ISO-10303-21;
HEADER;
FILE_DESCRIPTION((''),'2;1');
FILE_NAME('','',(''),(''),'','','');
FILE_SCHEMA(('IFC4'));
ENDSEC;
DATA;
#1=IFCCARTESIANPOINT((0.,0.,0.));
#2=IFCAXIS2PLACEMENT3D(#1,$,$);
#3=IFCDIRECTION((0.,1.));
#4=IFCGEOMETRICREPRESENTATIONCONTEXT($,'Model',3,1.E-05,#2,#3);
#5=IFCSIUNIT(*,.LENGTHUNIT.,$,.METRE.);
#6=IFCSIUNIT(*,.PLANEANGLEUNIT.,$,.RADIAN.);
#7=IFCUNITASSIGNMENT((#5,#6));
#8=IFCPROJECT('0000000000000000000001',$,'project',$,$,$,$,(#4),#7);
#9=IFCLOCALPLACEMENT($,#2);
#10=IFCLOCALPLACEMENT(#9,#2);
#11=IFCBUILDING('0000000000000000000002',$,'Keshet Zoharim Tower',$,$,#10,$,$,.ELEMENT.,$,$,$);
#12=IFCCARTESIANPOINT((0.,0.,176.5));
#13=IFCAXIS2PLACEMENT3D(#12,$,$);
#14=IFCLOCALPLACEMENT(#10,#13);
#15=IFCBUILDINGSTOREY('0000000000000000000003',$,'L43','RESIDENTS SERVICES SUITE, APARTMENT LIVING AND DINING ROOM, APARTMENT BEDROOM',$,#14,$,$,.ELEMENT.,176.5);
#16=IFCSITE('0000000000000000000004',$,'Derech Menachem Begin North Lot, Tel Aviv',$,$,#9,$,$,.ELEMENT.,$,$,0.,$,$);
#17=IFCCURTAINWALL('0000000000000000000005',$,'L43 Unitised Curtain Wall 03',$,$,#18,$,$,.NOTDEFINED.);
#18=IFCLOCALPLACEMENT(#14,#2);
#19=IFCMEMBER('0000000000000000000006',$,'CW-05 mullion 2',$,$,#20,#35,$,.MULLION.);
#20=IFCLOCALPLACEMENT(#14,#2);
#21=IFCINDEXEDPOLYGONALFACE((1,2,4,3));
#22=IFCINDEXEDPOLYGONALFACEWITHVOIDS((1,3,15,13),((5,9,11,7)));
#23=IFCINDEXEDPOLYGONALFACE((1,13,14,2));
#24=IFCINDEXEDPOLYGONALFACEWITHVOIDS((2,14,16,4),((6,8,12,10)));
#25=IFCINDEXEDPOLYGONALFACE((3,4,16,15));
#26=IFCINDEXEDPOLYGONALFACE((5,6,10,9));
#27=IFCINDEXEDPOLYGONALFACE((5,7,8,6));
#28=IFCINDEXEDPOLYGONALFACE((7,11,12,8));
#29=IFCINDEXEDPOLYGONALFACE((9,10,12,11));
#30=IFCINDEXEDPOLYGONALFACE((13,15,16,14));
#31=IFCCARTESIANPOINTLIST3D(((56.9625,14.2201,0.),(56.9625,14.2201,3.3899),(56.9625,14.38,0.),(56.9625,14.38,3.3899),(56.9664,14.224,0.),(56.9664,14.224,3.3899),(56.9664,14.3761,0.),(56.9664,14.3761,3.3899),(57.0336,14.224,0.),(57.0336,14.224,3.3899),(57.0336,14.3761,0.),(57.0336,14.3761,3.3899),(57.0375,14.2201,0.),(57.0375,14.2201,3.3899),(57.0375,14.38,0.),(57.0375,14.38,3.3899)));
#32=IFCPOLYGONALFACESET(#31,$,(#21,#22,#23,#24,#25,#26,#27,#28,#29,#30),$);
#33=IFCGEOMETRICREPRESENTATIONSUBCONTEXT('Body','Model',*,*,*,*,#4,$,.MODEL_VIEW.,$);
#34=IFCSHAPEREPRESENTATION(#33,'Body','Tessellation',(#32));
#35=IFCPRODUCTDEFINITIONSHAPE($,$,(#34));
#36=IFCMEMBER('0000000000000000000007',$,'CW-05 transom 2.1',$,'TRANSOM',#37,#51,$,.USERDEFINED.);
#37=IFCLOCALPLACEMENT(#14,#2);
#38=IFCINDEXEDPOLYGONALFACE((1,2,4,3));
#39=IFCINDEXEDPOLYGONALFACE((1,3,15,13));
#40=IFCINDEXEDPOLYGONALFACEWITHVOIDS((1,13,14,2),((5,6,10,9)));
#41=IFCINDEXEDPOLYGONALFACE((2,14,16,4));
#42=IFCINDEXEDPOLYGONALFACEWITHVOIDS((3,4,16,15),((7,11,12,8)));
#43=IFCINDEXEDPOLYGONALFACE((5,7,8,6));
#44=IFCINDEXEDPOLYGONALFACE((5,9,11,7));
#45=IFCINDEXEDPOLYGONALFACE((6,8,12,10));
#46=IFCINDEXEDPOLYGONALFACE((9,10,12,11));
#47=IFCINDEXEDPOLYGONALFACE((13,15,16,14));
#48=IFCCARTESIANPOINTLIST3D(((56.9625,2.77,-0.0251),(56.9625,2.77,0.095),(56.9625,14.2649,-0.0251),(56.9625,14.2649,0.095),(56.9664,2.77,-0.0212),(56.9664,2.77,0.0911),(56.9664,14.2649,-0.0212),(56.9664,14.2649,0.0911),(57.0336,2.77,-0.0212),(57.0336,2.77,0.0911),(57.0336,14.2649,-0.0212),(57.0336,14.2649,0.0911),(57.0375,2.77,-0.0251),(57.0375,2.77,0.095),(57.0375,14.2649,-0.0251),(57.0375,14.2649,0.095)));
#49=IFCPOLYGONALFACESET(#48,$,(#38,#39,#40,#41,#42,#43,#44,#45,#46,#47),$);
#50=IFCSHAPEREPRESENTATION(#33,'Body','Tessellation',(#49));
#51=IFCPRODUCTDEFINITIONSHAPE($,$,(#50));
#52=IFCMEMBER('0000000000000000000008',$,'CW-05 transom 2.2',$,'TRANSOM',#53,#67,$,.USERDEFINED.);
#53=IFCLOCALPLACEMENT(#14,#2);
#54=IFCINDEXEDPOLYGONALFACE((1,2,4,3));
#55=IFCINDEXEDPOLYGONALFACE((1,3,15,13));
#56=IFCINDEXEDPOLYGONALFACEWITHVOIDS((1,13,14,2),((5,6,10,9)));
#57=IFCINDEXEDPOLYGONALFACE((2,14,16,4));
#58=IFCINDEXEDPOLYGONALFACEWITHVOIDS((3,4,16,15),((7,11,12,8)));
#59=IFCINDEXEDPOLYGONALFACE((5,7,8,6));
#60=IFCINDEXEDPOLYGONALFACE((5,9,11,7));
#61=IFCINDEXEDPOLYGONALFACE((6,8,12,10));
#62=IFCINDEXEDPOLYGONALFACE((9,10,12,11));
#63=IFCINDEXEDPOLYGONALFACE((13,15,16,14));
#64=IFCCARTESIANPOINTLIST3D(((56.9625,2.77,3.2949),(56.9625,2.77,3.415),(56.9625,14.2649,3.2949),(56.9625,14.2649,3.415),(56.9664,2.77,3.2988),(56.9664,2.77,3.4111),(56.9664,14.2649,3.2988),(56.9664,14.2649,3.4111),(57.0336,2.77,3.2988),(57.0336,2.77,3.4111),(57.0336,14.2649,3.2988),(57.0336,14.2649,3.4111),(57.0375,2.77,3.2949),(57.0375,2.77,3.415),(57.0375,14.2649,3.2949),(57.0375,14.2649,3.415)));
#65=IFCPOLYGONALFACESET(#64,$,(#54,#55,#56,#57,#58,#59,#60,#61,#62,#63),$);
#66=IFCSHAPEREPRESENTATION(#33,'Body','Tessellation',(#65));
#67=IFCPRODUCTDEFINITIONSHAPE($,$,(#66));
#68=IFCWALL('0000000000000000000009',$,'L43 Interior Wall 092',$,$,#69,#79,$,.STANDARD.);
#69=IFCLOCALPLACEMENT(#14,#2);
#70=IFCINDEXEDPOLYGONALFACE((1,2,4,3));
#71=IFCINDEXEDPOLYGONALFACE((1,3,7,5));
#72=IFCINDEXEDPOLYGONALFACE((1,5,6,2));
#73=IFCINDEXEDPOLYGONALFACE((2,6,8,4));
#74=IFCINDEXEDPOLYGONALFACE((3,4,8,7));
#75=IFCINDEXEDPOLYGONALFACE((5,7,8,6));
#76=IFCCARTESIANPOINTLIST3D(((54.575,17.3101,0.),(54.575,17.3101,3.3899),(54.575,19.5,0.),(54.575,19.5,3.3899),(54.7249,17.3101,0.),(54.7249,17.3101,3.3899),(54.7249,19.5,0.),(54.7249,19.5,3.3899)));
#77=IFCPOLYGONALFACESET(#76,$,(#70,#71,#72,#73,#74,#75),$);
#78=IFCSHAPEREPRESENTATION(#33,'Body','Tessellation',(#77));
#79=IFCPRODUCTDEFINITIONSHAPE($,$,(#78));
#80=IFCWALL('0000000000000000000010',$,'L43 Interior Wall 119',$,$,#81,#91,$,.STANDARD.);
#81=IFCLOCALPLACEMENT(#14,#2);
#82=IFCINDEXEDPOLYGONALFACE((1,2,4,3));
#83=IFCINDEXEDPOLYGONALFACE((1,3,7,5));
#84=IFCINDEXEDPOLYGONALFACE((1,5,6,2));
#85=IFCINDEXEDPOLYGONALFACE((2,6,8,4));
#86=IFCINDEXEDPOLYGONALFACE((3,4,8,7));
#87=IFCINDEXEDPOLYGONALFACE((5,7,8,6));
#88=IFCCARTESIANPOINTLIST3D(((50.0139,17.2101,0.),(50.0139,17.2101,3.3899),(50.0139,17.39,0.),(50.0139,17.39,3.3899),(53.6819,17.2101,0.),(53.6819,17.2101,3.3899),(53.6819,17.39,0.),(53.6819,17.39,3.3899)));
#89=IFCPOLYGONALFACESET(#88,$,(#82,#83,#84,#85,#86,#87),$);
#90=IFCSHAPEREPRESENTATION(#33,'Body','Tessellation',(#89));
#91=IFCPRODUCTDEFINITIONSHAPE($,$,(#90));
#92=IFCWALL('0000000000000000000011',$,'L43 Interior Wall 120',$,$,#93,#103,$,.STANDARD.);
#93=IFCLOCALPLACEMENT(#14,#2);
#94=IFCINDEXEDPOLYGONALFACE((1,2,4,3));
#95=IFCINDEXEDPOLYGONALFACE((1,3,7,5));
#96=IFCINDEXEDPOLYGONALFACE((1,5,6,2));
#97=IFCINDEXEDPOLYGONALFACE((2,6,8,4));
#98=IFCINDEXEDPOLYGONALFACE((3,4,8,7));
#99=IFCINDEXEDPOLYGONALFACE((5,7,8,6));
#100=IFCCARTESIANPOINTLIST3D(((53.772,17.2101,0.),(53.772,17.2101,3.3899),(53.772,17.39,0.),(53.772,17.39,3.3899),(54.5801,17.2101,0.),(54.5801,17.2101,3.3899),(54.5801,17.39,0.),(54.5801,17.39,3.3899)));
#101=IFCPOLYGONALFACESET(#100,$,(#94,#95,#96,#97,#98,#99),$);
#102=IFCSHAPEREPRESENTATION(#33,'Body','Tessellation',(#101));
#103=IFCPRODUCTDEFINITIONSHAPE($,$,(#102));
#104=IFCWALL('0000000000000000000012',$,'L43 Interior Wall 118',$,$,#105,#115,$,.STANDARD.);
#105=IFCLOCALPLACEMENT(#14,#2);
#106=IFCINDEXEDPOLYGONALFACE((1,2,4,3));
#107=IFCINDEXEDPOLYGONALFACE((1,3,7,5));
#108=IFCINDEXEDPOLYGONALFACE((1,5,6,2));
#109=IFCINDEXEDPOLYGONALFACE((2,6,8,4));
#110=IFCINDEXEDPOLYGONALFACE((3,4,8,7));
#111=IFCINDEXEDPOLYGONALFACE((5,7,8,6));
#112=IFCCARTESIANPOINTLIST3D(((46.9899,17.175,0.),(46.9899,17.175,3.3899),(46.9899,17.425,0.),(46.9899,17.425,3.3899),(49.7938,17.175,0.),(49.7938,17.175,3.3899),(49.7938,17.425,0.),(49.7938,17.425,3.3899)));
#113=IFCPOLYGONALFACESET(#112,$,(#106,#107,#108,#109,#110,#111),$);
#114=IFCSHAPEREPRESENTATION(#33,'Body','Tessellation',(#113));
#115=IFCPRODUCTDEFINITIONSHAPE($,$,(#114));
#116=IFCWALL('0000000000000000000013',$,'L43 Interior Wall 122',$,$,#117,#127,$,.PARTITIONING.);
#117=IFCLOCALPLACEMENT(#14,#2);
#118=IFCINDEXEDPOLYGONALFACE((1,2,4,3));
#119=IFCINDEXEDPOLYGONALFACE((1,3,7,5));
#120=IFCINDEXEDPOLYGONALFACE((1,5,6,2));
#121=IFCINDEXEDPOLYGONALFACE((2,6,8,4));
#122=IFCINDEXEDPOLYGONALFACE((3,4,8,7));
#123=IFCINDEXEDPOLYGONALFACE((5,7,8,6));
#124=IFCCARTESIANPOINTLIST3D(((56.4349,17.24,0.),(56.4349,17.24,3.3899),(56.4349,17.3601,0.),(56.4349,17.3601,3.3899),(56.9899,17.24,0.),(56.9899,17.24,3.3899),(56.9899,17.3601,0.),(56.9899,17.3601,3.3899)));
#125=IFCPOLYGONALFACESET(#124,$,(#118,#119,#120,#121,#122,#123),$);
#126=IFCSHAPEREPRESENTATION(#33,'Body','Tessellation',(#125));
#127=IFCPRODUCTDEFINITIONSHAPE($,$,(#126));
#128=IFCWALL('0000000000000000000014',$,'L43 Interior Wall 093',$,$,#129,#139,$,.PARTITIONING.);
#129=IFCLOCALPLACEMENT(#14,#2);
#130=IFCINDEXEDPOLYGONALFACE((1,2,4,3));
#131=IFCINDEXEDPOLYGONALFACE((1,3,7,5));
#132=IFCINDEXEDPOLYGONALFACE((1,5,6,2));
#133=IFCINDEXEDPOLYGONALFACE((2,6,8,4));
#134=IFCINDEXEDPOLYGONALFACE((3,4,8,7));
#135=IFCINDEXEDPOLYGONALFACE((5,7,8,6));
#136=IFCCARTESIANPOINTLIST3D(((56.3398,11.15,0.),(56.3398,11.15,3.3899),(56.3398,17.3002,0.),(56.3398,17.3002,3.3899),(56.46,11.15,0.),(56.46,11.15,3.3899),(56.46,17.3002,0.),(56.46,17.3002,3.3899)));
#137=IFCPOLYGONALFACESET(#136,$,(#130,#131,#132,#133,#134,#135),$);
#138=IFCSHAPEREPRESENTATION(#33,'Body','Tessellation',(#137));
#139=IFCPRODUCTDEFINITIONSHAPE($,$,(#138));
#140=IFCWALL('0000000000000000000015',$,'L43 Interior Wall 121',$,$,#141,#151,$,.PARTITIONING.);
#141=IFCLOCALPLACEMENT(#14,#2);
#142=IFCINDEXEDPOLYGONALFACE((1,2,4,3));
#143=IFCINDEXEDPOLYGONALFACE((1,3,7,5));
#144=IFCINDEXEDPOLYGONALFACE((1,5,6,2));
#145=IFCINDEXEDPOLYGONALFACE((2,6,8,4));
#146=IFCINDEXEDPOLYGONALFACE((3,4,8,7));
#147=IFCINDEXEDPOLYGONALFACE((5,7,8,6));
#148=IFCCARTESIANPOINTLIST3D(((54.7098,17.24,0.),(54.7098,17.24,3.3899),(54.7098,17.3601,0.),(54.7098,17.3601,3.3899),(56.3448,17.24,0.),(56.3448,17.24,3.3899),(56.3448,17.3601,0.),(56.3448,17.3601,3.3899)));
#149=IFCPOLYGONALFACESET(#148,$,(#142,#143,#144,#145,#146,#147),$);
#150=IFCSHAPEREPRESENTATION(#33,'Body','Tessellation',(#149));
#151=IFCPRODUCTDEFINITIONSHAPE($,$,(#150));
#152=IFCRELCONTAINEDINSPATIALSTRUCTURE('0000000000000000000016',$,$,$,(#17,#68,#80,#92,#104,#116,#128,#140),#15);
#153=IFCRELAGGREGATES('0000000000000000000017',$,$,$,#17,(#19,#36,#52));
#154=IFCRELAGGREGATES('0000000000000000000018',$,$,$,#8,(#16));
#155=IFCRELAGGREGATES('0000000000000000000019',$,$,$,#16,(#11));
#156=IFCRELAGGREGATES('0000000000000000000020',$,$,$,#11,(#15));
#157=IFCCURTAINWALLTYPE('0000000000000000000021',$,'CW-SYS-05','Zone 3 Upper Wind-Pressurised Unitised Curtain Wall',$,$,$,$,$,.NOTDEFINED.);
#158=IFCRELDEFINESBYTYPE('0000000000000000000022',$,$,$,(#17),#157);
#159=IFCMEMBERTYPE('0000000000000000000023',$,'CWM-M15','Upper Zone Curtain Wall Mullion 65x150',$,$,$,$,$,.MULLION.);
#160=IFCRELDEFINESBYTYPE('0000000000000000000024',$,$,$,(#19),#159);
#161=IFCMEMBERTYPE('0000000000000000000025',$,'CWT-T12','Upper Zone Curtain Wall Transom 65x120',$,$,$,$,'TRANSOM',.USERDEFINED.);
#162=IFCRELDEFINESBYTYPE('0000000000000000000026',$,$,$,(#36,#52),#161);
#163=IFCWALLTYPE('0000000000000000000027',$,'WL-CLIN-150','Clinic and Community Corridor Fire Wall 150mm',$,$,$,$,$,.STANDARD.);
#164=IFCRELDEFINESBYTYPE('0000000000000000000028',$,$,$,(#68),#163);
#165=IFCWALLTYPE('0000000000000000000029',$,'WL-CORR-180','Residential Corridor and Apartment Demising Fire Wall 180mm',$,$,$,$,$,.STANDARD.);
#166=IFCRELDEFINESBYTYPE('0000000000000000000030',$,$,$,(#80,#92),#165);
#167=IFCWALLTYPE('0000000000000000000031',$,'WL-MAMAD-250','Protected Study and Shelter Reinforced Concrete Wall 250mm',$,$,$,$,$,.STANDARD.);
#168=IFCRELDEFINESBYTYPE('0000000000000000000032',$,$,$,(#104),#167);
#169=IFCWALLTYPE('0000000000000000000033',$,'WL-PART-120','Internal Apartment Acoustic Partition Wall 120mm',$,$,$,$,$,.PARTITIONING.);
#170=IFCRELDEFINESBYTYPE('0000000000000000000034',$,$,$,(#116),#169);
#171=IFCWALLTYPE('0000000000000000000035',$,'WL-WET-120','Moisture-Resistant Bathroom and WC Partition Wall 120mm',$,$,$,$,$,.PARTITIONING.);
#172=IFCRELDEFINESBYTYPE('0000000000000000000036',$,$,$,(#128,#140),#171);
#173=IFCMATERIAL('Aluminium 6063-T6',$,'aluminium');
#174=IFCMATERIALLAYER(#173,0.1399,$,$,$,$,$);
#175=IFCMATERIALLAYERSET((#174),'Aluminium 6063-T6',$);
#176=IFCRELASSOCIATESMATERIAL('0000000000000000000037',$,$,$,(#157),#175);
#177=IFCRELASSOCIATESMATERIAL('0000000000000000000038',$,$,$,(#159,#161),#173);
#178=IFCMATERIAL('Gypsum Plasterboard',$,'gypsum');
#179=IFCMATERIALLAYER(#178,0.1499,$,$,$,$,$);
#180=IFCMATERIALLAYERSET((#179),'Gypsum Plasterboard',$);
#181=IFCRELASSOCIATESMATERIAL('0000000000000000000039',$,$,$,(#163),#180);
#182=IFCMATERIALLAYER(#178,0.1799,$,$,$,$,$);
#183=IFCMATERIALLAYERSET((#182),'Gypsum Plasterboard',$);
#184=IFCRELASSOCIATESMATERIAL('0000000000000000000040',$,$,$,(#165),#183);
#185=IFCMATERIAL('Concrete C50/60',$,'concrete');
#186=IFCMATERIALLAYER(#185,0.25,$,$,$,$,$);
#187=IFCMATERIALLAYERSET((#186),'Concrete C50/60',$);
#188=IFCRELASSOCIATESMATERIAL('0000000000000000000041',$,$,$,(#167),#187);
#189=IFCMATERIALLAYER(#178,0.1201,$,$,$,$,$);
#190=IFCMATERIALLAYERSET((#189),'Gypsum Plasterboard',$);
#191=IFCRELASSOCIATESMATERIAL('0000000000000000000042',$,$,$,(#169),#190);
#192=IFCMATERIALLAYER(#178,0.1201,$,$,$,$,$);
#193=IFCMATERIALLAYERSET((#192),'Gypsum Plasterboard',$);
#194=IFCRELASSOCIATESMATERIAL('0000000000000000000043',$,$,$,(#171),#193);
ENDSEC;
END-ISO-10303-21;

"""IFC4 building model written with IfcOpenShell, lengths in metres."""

from ifc_helpers import new_model, si_unit, direction, frame, frame_2d, origin, origin_2d, place, context, subcontext, project, spatial, rectangle, hollow_rectangle, extrude, material, layer, layer_set, material_profile, profile_set, type_object, element, aggregate, save


model = new_model("IFC4")

# Units and contexts
model_context = context("Model", 3, precision=1e-05, world=origin(), true_north=direction((0.0, 1.0)))
body_context = subcontext(model_context, "Body", "Model", "MODEL_VIEW")
ifc_project = project(units=[si_unit("LENGTHUNIT", "METRE"), si_unit("PLANEANGLEUNIT", "RADIAN")], contexts=[model_context])

# Site, building, storey
site_placement = place(None, origin())
site = spatial("IfcSite", under=ifc_project, at=site_placement, Name="Derech Menachem Begin North Lot, Tel Aviv", CompositionType="ELEMENT", RefElevation=0.0)
building_placement = place(site_placement, origin())
building = spatial("IfcBuilding", under=site, at=building_placement, Name="Keshet Zoharim Tower", CompositionType="ELEMENT")
storey_placement = place(building_placement, frame((0.0, 0.0, 176.5)))
storey = spatial("IfcBuildingStorey", under=building, at=storey_placement, Name="L43", Description="RESIDENTS SERVICES SUITE, APARTMENT LIVING AND DINING ROOM, APARTMENT BEDROOM", CompositionType="ELEMENT", Elevation=176.5)

# Curtain wall, members
ifc_material_1 = material(Name="Aluminium 6063-T6", Category="aluminium")
ifc_layer_1 = layer(ifc_material_1, 0.1399)
ifc_layer_set_1 = layer_set([ifc_layer_1], Name="Aluminium 6063-T6")
curtain_wall_type = type_object("IfcCurtainWallType", Name="CW-SYS-05", Description="Zone 3 Upper Wind-Pressurised Unitised Curtain Wall", PredefinedType="NOTDEFINED", material=ifc_layer_set_1)
curtain_wall_placement = place(storey_placement, origin())
curtain_wall = element("IfcCurtainWall", 1, at=curtain_wall_placement, inside=storey, type_object=curtain_wall_type, Name="L43 Unitised Curtain Wall 03", PredefinedType="NOTDEFINED")
ifc_material_profile_1 = material_profile(ifc_material_1, hollow_rectangle(XDim=0.075, YDim=0.1599, WallThickness=0.0039, at=origin_2d()), Name="MUL-75x160")
ifc_profile_set_1 = profile_set([ifc_material_profile_1], Name="Aluminium 6063-T6")
member_type_1 = type_object("IfcMemberType", Name="CWM-M15", Description="Upper Zone Curtain Wall Mullion 65x150", PredefinedType="MULLION", material=ifc_profile_set_1)
member_1_placement = place(storey_placement, frame((57.0, 14.3, 0.0), z_axis=(0.0, 0.0, 1.0), x_axis=(1.0, 0.0, 0.0)))
member_1 = element("IfcMember", 2, at=member_1_placement, type_object=member_type_1, Name="CW-05 mullion 2", PredefinedType="MULLION", context=body_context, shape_type="SweptSolid", body=[
    extrude(hollow_rectangle(XDim=0.075, YDim=0.1599, WallThickness=0.0039, at=origin_2d()), origin(), (0.0, 0.0, 1.0), 3.3899),
])
ifc_material_profile_2 = material_profile(ifc_material_1, hollow_rectangle(XDim=0.075, YDim=0.1201, WallThickness=0.0039, at=origin_2d()), Name="TRN-75x120")
ifc_profile_set_2 = profile_set([ifc_material_profile_2], Name="Aluminium 6063-T6")
member_type_2 = type_object("IfcMemberType", Name="CWT-T12", Description="Upper Zone Curtain Wall Transom 65x120", ElementType="TRANSOM", PredefinedType="USERDEFINED", material=ifc_profile_set_2)
member_2_placement = place(storey_placement, frame((57.0, 14.2649, 0.0349), z_axis=(0.0, -1.0, 0.0), x_axis=(1.0, 0.0, 0.0)))
member_2 = element("IfcMember", 3, at=member_2_placement, type_object=member_type_2, Name="CW-05 transom 2.1", ObjectType="TRANSOM", PredefinedType="USERDEFINED", context=body_context, shape_type="SweptSolid", body=[
    extrude(hollow_rectangle(XDim=0.075, YDim=0.1201, WallThickness=0.0039, at=origin_2d()), origin(), (0.0, 0.0, 1.0), 11.4949),
])
member_3_placement = place(storey_placement, frame((57.0, 14.2649, 3.355), z_axis=(0.0, -1.0, 0.0), x_axis=(1.0, 0.0, 0.0)))
member_3 = element("IfcMember", 4, at=member_3_placement, type_object=member_type_2, Name="CW-05 transom 2.2", ObjectType="TRANSOM", PredefinedType="USERDEFINED", context=body_context, shape_type="SweptSolid", body=[
    extrude(hollow_rectangle(XDim=0.075, YDim=0.1201, WallThickness=0.0039, at=origin_2d()), origin(), (0.0, 0.0, 1.0), 11.4949),
])
aggregate(curtain_wall, [member_1, member_2, member_3])

# Walls
ifc_material_2 = material(Name="Gypsum Plasterboard", Category="gypsum")
ifc_layer_2 = layer(ifc_material_2, 0.1499)
ifc_layer_set_2 = layer_set([ifc_layer_2], Name="Gypsum Plasterboard")
wall_type_1 = type_object("IfcWallType", Name="WL-CLIN-150", Description="Clinic and Community Corridor Fire Wall 150mm", PredefinedType="STANDARD", material=ifc_layer_set_2)
wall_1_placement = place(storey_placement, frame((54.6499, 17.3101, 0.0), z_axis=(0.0, 0.0, 1.0), x_axis=(0.0, 1.0, 0.0)))
element("IfcWall", 5, at=wall_1_placement, inside=storey, type_object=wall_type_1, Name="L43 Interior Wall 092", PredefinedType="STANDARD", context=body_context, shape_type="SweptSolid", body=[
    extrude(rectangle(XDim=2.1899, YDim=0.1499, at=frame_2d((1.095, 0.0))), origin(), (0.0, 0.0, 1.0), 3.3899),
])
ifc_layer_3 = layer(ifc_material_2, 0.1799)
ifc_layer_set_3 = layer_set([ifc_layer_3], Name="Gypsum Plasterboard")
wall_type_2 = type_object("IfcWallType", Name="WL-CORR-180", Description="Residential Corridor and Apartment Demising Fire Wall 180mm", PredefinedType="STANDARD", material=ifc_layer_set_3)
wall_2_placement = place(storey_placement, frame((50.0139, 17.3, 0.0), z_axis=(0.0, 0.0, 1.0), x_axis=(1.0, 0.0, 0.0)))
element("IfcWall", 6, at=wall_2_placement, inside=storey, type_object=wall_type_2, Name="L43 Interior Wall 119", PredefinedType="STANDARD", context=body_context, shape_type="SweptSolid", body=[
    extrude(rectangle(XDim=3.668, YDim=0.1799, at=frame_2d((1.834, 0.0))), origin(), (0.0, 0.0, 1.0), 3.3899),
])
wall_3_placement = place(storey_placement, frame((53.772, 17.3, 0.0), z_axis=(0.0, 0.0, 1.0), x_axis=(1.0, 0.0, 0.0)))
element("IfcWall", 7, at=wall_3_placement, inside=storey, type_object=wall_type_2, Name="L43 Interior Wall 120", PredefinedType="STANDARD", context=body_context, shape_type="SweptSolid", body=[
    extrude(rectangle(XDim=0.8081, YDim=0.1799, at=frame_2d((0.4041, 0.0))), origin(), (0.0, 0.0, 1.0), 3.3899),
])
ifc_material_3 = material(Name="Concrete C50/60", Category="concrete")
ifc_layer_4 = layer(ifc_material_3, 0.25)
ifc_layer_set_4 = layer_set([ifc_layer_4], Name="Concrete C50/60")
wall_type_3 = type_object("IfcWallType", Name="WL-MAMAD-250", Description="Protected Study and Shelter Reinforced Concrete Wall 250mm", PredefinedType="STANDARD", material=ifc_layer_set_4)
wall_4_placement = place(storey_placement, frame((46.99, 17.3, 0.0), z_axis=(0.0, 0.0, 1.0), x_axis=(1.0, 0.0, 0.0)))
element("IfcWall", 8, at=wall_4_placement, inside=storey, type_object=wall_type_3, Name="L43 Interior Wall 118", PredefinedType="STANDARD", context=body_context, shape_type="SweptSolid", body=[
    extrude(rectangle(XDim=2.804, YDim=0.25, at=frame_2d((1.4019, 0.0))), origin(), (0.0, 0.0, 1.0), 3.3899),
])
ifc_layer_5 = layer(ifc_material_2, 0.1201)
ifc_layer_set_5 = layer_set([ifc_layer_5], Name="Gypsum Plasterboard")
wall_type_4 = type_object("IfcWallType", Name="WL-PART-120", Description="Internal Apartment Acoustic Partition Wall 120mm", PredefinedType="PARTITIONING", material=ifc_layer_set_5)
wall_5_placement = place(storey_placement, frame((56.4351, 17.3, 0.0), z_axis=(0.0, 0.0, 1.0), x_axis=(1.0, 0.0, 0.0)))
element("IfcWall", 9, at=wall_5_placement, inside=storey, type_object=wall_type_4, Name="L43 Interior Wall 122", PredefinedType="PARTITIONING", context=body_context, shape_type="SweptSolid", body=[
    extrude(rectangle(XDim=0.5549, YDim=0.1201, at=frame_2d((0.2773, 0.0))), origin(), (0.0, 0.0, 1.0), 3.3899),
])
ifc_layer_6 = layer(ifc_material_2, 0.1201)
ifc_layer_set_6 = layer_set([ifc_layer_6], Name="Gypsum Plasterboard")
wall_type_5 = type_object("IfcWallType", Name="WL-WET-120", Description="Moisture-Resistant Bathroom and WC Partition Wall 120mm", PredefinedType="PARTITIONING", material=ifc_layer_set_6)
wall_6_placement = place(storey_placement, frame((56.3999, 11.1499, 0.0), z_axis=(0.0, 0.0, 1.0), x_axis=(0.0, 1.0, 0.0)))
element("IfcWall", 10, at=wall_6_placement, inside=storey, type_object=wall_type_5, Name="L43 Interior Wall 093", PredefinedType="PARTITIONING", context=body_context, shape_type="SweptSolid", body=[
    extrude(rectangle(XDim=6.1501, YDim=0.1201, at=frame_2d((3.0752, 0.0))), origin(), (0.0, 0.0, 1.0), 3.3899),
])
wall_7_placement = place(storey_placement, frame((54.71, 17.3, 0.0), z_axis=(0.0, 0.0, 1.0), x_axis=(1.0, 0.0, 0.0)))
element("IfcWall", 11, at=wall_7_placement, inside=storey, type_object=wall_type_5, Name="L43 Interior Wall 121", PredefinedType="PARTITIONING", context=body_context, shape_type="SweptSolid", body=[
    extrude(rectangle(XDim=1.635, YDim=0.1201, at=frame_2d((0.8174, 0.0))), origin(), (0.0, 0.0, 1.0), 3.3899),
])

save(model, "model.ifc")
